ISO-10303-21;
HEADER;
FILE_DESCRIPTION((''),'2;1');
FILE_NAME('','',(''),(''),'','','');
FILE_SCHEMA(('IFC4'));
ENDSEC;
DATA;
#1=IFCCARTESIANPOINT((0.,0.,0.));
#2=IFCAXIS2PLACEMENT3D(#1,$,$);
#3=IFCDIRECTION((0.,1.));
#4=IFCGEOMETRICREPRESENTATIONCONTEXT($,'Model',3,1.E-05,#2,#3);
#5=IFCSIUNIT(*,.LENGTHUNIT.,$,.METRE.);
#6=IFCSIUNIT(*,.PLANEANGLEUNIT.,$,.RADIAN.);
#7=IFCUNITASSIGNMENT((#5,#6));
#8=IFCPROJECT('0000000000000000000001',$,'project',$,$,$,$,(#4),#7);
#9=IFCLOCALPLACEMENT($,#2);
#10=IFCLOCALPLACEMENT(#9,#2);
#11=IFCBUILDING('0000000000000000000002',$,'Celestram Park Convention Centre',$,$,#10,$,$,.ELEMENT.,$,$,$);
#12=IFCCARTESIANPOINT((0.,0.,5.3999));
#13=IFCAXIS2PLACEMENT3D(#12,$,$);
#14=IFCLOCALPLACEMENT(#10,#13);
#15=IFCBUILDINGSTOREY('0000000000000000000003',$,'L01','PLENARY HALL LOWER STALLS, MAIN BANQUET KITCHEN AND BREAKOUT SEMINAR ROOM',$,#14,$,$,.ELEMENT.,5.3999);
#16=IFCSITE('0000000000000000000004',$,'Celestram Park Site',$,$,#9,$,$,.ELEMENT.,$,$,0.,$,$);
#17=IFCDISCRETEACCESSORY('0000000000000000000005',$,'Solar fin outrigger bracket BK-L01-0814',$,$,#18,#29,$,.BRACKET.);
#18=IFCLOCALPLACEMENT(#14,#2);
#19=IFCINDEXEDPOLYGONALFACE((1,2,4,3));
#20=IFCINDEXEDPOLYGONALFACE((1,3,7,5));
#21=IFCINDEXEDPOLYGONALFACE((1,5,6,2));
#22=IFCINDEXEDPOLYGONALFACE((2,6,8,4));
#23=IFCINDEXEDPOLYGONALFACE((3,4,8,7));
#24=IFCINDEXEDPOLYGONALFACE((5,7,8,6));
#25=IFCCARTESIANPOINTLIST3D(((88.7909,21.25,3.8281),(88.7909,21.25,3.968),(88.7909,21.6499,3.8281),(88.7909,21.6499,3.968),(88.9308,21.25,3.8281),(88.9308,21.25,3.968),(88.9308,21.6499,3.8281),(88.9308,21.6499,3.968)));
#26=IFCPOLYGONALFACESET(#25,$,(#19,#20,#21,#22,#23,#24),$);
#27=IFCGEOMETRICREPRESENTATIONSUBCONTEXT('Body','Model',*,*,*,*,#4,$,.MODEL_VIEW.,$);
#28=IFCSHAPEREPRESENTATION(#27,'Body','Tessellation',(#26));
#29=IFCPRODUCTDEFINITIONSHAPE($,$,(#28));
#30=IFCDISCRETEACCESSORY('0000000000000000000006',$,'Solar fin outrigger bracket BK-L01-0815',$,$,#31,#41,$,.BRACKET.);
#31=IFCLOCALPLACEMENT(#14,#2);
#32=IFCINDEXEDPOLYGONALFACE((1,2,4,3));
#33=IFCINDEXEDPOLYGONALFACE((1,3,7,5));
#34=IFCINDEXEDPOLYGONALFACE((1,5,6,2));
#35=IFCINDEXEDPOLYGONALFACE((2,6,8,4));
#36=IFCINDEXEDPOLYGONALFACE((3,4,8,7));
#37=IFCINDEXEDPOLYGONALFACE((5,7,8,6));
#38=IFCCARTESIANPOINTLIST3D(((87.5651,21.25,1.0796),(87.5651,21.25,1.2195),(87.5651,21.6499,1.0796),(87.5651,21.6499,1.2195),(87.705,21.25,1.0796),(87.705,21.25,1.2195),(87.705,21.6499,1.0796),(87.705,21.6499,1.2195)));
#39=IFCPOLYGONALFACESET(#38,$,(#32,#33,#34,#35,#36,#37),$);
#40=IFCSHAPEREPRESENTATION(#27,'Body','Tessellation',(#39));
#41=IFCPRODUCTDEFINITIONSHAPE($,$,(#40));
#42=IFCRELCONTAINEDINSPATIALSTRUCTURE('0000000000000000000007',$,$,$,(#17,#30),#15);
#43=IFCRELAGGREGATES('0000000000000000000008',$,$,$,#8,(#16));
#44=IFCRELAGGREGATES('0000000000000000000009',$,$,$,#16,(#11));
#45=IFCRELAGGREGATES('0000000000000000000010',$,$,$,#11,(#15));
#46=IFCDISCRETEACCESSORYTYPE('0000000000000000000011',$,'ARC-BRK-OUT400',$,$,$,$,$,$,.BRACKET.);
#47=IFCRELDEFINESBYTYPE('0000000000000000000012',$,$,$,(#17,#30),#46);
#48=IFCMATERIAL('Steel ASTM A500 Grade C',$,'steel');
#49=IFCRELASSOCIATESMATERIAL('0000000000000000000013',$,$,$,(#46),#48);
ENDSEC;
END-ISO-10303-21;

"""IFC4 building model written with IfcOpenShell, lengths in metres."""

from ifc_helpers import new_model, si_unit, direction, frame, origin, origin_2d, place, context, subcontext, project, spatial, rectangle, extrude, material, type_object, element, save


model = new_model("IFC4")

# Units and contexts
model_context = context("Model", 3, precision=1e-05, world=origin(), true_north=direction((0.0, 1.0)))
body_context = subcontext(model_context, "Body", "Model", "MODEL_VIEW")
ifc_project = project(units=[si_unit("LENGTHUNIT", "METRE"), si_unit("PLANEANGLEUNIT", "RADIAN")], contexts=[model_context])

# Site, building, storey
site_placement = place(None, origin())
site = spatial("IfcSite", under=ifc_project, at=site_placement, Name="Celestram Park Site", CompositionType="ELEMENT", RefElevation=0.0)
building_placement = place(site_placement, origin())
building = spatial("IfcBuilding", under=site, at=building_placement, Name="Celestram Park Convention Centre", CompositionType="ELEMENT")
storey_placement = place(building_placement, frame((0.0, 0.0, 5.3999)))
storey = spatial("IfcBuildingStorey", under=building, at=storey_placement, Name="L01", Description="PLENARY HALL LOWER STALLS, MAIN BANQUET KITCHEN AND BREAKOUT SEMINAR ROOM", CompositionType="ELEMENT", Elevation=5.3999)

# Discrete accessories
ifc_material_1 = material(Name="Steel ASTM A500 Grade C", Category="steel")
discrete_accessory_type = type_object("IfcDiscreteAccessoryType", Name="ARC-BRK-OUT400", PredefinedType="BRACKET", material=ifc_material_1)
for number, where, z_axis, x_axis, name in (
    (1, (88.8608, 21.45, 3.8281), (0.0, 0.0, 1.0), (0.0, -1.0, 0.0), "Solar fin outrigger bracket BK-L01-0814"),
    (2, (87.635, 21.45, 1.0796), (0.0, 0.0, 1.0), (0.0, -1.0, 0.0), "Solar fin outrigger bracket BK-L01-0815"),
):
    element("IfcDiscreteAccessory", number, at=place(storey_placement, frame(where, z_axis=z_axis, x_axis=x_axis)), inside=storey, type_object=discrete_accessory_type, Name=name, PredefinedType="BRACKET", context=body_context, shape_type="SweptSolid", body=[
        extrude(rectangle(XDim=0.3999, YDim=0.1399, at=origin_2d()), origin(), (0.0, 0.0, 1.0), 0.1399),
    ])

save(model, "model.ifc")
